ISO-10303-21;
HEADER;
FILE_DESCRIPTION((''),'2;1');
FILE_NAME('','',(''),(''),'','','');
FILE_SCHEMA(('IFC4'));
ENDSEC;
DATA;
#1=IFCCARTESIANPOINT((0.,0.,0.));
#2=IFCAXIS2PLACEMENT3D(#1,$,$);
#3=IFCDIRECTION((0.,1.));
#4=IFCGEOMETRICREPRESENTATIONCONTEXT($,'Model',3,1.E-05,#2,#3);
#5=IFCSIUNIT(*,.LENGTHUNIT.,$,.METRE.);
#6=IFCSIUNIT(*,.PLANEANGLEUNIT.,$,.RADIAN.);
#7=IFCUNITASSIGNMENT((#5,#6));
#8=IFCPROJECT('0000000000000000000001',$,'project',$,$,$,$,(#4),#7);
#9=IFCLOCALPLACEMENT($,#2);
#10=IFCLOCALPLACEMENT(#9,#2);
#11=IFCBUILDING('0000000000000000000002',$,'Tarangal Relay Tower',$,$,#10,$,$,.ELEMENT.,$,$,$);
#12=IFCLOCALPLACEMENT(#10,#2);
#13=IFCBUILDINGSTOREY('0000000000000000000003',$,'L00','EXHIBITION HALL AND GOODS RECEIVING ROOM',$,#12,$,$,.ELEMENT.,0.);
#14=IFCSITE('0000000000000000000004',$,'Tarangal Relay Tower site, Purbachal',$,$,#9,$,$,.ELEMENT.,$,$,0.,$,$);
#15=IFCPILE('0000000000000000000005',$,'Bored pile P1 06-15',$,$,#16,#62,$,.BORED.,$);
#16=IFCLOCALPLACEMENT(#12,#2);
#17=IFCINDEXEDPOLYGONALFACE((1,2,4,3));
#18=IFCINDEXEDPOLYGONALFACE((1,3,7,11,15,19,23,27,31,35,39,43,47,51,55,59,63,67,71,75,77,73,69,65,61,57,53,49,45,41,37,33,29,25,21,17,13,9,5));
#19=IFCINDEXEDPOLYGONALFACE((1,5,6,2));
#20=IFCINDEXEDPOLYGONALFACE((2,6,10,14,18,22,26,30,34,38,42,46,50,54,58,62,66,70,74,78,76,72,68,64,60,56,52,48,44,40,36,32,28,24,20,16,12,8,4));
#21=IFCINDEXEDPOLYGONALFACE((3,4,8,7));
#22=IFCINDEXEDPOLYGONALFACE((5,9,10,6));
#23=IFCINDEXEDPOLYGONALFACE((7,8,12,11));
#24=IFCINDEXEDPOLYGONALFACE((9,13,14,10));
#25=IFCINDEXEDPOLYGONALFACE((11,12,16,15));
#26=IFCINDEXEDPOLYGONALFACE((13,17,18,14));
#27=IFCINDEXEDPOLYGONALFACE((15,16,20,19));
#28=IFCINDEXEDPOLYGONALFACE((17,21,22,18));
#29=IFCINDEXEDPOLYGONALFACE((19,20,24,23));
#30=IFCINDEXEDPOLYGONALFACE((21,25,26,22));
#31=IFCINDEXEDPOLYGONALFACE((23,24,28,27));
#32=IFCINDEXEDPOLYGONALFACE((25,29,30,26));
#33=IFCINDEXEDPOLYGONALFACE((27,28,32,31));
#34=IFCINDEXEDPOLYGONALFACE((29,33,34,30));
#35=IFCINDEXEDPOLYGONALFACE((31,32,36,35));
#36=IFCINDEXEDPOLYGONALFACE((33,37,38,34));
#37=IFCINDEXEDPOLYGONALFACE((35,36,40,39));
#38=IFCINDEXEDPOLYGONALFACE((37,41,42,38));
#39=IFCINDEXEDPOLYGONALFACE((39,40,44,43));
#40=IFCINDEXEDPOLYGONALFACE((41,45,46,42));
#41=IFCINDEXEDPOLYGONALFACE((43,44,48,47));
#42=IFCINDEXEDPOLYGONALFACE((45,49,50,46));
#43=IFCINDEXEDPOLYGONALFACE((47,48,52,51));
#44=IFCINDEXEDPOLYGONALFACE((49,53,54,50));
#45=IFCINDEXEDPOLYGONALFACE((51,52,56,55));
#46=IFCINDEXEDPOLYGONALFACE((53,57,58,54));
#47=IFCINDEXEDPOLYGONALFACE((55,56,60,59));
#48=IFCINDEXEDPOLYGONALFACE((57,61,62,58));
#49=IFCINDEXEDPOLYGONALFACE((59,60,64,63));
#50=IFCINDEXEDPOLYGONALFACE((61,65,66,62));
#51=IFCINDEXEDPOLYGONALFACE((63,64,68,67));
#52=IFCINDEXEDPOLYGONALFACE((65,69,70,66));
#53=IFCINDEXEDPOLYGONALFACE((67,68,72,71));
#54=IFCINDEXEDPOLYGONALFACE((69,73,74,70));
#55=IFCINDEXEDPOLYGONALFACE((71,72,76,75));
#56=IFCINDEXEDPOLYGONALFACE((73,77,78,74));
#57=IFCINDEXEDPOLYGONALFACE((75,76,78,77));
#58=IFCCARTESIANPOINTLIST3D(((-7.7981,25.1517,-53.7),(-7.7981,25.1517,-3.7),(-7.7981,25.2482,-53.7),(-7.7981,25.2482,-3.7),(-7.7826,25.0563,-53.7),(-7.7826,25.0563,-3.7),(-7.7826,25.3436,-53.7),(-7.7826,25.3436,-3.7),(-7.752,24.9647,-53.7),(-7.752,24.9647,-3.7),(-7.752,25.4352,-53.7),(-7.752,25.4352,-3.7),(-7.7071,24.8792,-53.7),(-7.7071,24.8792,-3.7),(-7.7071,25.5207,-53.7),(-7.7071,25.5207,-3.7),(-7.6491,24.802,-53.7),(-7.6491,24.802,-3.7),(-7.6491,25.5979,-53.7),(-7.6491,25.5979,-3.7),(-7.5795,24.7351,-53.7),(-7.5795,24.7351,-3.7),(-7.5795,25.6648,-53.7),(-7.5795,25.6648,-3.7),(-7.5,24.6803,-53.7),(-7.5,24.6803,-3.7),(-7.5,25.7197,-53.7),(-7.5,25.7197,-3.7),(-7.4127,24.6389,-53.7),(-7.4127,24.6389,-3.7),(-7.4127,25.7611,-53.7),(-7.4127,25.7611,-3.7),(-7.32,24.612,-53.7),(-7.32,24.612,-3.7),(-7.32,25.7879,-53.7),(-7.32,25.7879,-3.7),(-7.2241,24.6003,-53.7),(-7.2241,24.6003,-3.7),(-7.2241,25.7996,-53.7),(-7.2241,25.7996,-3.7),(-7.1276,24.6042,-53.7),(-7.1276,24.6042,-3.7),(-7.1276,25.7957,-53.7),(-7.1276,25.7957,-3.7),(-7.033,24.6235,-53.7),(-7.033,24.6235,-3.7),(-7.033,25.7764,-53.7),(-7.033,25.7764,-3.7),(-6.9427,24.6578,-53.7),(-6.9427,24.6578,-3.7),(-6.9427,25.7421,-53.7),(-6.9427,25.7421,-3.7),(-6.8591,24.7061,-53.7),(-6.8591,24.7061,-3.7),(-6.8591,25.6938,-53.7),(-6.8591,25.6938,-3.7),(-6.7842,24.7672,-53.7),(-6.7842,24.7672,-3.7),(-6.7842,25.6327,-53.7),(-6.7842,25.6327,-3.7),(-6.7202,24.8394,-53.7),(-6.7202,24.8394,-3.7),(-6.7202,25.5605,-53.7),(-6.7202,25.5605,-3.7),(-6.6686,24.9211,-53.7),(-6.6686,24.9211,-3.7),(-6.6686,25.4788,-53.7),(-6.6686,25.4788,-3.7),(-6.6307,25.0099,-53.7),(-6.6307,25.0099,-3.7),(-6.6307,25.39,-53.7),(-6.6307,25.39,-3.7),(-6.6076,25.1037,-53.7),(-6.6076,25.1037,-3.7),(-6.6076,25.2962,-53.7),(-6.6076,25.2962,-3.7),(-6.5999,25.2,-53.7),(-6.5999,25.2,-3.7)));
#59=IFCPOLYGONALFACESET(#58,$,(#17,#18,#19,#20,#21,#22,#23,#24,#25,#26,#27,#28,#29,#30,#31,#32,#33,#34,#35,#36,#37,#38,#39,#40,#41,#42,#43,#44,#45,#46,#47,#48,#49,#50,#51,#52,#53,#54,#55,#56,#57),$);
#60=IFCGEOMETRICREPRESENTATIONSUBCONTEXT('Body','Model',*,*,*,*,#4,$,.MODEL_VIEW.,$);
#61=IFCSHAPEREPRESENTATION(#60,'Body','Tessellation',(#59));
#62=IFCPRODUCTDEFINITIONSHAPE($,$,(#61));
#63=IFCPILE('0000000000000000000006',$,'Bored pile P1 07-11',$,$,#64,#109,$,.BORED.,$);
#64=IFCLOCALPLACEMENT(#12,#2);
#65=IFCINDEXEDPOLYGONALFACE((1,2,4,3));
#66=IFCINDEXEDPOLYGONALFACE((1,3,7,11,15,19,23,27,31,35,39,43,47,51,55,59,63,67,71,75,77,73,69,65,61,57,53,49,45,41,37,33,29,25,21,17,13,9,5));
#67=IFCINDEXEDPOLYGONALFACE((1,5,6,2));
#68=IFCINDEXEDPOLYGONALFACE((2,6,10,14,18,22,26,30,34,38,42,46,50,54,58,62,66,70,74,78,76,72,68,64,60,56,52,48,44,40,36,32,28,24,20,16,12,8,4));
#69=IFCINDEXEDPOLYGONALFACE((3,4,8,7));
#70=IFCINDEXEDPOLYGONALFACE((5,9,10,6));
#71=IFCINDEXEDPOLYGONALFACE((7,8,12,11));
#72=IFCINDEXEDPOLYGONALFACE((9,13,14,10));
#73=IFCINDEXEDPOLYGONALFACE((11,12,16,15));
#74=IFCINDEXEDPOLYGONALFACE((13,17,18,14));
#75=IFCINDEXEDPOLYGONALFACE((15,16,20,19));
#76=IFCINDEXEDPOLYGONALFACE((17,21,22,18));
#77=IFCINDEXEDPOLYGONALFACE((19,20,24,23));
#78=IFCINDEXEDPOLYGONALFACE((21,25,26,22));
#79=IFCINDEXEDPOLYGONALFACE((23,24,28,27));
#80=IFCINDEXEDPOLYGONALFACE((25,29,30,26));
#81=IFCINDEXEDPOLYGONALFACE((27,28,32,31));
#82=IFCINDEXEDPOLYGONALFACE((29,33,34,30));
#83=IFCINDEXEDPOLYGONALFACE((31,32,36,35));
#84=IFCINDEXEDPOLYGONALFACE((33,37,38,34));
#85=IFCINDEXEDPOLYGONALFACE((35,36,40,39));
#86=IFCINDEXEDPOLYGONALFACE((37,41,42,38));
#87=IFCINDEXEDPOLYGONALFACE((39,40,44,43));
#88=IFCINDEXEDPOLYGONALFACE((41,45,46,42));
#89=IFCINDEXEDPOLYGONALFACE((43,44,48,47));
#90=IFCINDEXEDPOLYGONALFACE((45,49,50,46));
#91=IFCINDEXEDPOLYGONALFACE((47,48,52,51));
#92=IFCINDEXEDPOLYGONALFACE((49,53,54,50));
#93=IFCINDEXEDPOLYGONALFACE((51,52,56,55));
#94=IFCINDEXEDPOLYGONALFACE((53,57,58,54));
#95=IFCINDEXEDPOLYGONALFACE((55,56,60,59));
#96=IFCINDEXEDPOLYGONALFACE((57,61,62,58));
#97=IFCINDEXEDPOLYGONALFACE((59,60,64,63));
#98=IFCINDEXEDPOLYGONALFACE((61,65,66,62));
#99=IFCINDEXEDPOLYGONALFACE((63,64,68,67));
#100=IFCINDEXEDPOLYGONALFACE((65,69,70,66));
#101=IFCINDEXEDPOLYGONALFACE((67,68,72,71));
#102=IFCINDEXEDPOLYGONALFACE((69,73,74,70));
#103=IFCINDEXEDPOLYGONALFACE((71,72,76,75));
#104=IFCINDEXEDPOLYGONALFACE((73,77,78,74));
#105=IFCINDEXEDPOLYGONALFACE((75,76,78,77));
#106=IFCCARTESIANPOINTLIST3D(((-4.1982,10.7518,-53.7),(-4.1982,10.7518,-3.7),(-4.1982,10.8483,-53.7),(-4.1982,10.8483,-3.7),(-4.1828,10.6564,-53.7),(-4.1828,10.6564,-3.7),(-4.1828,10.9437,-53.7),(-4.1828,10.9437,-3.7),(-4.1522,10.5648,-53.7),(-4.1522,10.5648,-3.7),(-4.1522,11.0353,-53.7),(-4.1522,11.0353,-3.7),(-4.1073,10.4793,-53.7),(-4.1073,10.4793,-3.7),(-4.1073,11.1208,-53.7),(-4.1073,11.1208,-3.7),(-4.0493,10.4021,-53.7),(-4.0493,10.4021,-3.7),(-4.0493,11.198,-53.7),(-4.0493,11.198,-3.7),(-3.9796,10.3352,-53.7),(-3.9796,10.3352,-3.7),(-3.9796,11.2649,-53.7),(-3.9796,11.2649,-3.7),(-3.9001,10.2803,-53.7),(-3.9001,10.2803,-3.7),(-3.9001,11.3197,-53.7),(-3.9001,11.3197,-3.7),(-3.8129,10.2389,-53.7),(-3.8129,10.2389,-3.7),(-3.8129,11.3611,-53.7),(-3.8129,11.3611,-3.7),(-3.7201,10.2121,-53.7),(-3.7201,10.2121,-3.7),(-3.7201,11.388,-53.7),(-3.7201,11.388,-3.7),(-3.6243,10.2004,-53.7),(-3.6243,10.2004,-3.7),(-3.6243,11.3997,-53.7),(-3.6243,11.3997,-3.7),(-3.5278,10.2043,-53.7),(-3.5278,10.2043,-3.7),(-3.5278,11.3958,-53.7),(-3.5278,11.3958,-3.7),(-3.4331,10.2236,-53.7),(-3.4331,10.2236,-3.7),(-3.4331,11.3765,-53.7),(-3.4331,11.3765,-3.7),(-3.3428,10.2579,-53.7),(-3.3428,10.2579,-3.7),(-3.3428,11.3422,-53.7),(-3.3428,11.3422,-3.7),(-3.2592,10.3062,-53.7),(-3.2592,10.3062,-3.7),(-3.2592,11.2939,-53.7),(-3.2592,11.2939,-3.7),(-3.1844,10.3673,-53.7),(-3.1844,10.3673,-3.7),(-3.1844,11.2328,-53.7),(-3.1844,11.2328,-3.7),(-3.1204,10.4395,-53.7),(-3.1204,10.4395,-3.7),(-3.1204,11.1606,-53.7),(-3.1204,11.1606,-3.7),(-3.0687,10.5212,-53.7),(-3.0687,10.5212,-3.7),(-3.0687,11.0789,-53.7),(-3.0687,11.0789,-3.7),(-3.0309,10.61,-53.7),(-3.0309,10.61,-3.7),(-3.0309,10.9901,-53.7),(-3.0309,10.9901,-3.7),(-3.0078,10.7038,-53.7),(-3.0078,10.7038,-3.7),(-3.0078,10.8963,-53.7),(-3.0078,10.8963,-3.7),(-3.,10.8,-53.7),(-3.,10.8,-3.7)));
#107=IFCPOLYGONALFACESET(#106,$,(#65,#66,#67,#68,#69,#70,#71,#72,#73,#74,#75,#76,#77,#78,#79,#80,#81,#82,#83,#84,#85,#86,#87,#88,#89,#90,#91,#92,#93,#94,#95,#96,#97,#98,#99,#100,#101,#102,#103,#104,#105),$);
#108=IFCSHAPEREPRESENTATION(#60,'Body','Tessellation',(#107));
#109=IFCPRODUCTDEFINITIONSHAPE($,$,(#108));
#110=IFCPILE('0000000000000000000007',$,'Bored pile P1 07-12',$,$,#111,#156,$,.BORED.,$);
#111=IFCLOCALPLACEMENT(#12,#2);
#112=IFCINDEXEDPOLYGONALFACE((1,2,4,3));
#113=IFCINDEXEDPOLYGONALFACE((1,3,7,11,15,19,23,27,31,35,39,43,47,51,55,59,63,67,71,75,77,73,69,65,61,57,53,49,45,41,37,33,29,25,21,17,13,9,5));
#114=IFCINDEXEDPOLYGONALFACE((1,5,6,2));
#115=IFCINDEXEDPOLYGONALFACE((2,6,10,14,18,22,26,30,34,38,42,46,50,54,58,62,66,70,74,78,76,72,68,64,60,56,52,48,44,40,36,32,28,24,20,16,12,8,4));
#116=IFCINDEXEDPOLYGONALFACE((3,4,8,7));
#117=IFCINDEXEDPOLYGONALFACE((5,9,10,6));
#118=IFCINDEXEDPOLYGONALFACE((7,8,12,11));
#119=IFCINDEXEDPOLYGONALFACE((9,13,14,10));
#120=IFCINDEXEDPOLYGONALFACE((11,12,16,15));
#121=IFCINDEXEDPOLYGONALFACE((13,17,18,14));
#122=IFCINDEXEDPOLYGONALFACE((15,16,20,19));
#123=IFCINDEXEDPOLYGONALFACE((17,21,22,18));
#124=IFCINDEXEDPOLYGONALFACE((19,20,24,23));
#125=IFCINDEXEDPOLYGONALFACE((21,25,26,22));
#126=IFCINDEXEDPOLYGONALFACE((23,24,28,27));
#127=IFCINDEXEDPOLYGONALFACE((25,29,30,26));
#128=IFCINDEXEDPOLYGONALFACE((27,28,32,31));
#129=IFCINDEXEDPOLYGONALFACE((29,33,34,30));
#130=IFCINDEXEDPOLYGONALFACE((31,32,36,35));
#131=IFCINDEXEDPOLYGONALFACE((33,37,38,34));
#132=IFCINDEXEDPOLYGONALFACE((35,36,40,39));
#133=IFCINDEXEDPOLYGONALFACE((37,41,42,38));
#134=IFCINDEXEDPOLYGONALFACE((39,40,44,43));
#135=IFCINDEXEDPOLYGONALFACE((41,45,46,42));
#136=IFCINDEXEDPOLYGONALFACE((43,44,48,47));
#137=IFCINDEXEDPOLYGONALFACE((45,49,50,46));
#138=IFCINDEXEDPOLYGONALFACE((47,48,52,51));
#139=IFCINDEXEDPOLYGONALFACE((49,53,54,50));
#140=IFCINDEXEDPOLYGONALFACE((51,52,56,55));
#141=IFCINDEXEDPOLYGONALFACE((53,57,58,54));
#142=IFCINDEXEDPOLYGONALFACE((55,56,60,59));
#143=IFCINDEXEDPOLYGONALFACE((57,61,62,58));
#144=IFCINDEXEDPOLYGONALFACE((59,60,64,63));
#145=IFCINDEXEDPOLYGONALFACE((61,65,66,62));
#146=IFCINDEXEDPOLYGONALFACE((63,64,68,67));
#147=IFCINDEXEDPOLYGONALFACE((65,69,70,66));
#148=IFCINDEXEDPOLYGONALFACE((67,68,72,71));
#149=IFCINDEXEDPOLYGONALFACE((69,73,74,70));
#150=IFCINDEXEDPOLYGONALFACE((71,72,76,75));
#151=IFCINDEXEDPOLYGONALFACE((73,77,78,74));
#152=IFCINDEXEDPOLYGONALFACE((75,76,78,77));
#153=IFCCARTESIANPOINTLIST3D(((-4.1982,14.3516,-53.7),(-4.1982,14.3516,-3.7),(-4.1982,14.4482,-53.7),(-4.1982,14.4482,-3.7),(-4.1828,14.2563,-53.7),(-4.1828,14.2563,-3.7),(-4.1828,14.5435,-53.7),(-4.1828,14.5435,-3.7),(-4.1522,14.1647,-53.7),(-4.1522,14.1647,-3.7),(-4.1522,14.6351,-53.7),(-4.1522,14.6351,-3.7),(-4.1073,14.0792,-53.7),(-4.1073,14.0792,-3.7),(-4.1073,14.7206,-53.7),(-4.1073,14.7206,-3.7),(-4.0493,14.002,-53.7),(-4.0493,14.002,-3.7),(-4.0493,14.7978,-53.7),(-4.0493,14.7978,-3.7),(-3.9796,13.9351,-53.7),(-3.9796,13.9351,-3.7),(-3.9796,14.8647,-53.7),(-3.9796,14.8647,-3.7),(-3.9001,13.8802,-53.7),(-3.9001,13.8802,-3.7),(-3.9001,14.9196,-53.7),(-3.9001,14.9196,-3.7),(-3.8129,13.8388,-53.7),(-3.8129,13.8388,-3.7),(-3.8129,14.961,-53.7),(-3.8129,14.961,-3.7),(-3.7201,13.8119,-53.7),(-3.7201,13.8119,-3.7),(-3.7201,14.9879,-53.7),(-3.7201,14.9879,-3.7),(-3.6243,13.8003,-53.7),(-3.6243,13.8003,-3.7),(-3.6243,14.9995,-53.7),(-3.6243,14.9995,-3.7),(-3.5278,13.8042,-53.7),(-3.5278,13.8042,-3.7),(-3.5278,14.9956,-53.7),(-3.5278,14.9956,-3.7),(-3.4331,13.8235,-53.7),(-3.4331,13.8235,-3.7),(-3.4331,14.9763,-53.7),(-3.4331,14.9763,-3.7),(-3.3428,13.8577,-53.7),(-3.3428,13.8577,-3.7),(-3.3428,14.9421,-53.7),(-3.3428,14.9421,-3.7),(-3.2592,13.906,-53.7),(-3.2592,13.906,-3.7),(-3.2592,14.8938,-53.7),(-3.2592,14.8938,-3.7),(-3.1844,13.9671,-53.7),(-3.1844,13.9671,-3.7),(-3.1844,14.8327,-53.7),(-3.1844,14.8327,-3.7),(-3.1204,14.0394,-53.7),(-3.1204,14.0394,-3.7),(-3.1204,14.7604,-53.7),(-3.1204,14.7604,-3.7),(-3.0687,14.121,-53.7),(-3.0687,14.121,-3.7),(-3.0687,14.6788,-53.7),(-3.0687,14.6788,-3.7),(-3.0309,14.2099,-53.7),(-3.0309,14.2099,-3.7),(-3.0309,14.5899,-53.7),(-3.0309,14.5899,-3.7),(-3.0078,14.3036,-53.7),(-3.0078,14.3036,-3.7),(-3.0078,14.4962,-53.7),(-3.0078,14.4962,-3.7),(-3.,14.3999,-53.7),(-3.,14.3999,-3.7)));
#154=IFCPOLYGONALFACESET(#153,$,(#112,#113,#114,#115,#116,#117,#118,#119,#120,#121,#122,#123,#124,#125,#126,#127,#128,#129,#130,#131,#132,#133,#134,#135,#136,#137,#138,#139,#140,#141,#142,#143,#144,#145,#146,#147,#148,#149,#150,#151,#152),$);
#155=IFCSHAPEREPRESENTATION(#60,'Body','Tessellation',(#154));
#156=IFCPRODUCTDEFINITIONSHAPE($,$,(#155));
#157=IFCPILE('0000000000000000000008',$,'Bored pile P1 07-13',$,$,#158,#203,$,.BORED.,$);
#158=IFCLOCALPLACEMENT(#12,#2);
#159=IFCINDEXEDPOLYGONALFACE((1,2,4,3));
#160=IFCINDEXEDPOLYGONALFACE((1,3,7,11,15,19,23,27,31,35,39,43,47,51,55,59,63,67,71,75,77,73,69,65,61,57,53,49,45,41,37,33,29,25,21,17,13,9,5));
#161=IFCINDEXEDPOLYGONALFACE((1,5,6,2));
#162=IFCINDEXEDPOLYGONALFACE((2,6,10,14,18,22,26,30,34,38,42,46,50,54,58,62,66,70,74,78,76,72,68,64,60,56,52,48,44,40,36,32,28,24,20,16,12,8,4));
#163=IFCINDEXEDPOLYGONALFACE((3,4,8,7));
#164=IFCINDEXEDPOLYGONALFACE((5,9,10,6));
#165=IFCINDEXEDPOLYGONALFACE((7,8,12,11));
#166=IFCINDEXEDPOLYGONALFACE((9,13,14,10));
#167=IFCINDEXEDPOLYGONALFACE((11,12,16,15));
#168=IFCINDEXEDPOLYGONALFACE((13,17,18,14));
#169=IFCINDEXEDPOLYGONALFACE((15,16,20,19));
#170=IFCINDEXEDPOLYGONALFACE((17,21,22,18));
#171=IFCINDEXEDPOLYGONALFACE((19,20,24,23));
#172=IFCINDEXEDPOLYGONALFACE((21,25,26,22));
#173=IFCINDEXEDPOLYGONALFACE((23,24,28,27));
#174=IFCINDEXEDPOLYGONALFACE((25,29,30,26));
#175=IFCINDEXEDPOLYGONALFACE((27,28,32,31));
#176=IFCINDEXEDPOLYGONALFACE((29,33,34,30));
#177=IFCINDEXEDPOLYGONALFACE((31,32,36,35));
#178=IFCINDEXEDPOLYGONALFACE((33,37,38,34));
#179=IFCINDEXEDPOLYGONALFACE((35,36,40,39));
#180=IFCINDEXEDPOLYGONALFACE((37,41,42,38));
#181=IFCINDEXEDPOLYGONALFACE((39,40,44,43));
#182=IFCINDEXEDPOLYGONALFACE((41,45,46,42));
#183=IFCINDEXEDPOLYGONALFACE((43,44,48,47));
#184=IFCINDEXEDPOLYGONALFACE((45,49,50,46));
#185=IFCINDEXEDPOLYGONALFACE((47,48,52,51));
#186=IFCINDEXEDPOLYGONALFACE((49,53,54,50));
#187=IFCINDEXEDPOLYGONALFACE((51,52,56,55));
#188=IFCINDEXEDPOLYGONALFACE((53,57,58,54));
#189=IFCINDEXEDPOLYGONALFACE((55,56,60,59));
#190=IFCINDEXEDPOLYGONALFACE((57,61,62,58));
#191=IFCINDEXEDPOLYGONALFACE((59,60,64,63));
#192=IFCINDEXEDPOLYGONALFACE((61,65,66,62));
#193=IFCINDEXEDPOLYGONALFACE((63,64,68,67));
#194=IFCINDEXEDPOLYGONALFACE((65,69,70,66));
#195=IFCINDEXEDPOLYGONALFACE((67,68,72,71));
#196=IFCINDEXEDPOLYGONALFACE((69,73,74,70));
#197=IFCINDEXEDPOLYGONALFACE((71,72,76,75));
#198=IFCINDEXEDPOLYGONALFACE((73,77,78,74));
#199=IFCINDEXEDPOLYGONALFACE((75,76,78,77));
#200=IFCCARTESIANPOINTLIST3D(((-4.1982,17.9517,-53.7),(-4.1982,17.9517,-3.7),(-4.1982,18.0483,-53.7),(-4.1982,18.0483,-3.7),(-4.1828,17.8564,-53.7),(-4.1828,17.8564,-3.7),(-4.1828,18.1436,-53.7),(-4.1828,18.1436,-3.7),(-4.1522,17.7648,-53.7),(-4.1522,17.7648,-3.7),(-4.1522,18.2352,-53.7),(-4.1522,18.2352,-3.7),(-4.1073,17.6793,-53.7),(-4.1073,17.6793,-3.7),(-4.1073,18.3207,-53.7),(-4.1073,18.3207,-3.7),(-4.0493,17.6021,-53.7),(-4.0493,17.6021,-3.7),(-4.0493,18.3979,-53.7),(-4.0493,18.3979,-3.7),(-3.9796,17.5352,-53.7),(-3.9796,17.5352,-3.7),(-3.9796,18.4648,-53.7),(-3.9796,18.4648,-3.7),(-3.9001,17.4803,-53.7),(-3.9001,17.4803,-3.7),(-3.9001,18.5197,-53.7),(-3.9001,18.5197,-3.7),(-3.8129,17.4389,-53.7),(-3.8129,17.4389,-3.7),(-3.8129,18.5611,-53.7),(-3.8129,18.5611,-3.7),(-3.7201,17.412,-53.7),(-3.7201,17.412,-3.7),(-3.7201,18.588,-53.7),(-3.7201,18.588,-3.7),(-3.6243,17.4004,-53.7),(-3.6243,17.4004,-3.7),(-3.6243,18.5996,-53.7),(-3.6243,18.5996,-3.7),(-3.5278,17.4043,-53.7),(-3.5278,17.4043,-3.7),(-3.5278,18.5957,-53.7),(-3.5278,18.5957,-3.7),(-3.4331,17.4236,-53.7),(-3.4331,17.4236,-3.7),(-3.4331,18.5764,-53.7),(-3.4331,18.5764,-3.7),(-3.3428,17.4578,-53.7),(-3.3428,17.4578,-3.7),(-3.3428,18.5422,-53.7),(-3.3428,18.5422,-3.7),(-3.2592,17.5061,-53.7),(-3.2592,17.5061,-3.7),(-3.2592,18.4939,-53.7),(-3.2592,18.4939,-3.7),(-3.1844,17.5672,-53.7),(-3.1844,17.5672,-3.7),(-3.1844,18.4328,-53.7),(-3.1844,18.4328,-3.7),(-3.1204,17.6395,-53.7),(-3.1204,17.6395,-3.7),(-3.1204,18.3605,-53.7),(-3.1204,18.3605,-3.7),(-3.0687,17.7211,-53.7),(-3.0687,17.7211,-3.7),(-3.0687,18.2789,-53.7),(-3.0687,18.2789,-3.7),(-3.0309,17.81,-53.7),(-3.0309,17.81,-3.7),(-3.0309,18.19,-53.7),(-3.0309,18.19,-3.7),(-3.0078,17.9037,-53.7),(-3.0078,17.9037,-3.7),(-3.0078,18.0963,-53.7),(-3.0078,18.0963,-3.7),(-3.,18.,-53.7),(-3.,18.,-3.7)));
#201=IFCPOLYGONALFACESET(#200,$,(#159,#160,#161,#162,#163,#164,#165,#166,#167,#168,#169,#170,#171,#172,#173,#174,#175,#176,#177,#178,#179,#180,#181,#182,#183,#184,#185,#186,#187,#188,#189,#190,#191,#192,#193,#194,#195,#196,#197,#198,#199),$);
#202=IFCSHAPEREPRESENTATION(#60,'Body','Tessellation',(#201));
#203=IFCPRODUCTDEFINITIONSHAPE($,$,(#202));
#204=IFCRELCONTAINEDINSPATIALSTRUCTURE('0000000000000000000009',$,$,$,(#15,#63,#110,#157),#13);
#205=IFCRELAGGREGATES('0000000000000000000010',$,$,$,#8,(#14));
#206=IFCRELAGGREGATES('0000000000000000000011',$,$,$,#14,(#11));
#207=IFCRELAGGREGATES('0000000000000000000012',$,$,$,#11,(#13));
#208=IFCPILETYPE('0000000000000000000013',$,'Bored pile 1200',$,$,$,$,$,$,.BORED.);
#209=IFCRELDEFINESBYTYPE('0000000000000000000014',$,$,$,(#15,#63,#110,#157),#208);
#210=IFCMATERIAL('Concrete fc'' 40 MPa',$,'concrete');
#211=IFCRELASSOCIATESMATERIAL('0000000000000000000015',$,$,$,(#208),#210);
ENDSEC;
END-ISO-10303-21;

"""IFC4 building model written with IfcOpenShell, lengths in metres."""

from ifc_helpers import new_model, si_unit, direction, frame, origin, origin_2d, place, context, subcontext, project, spatial, circle, extrude, material, material_profile, profile_set, type_object, element, save


model = new_model("IFC4")

# Units and contexts
model_context = context("Model", 3, precision=1e-05, world=origin(), true_north=direction((0.0, 1.0)))
body_context = subcontext(model_context, "Body", "Model", "MODEL_VIEW")
ifc_project = project(units=[si_unit("LENGTHUNIT", "METRE"), si_unit("PLANEANGLEUNIT", "RADIAN")], contexts=[model_context])

# Site, building, storey
site_placement = place(None, origin())
site = spatial("IfcSite", under=ifc_project, at=site_placement, Name="Tarangal Relay Tower site, Purbachal", CompositionType="ELEMENT", RefElevation=0.0)
building_placement = place(site_placement, origin())
building = spatial("IfcBuilding", under=site, at=building_placement, Name="Tarangal Relay Tower", CompositionType="ELEMENT")
storey_placement = place(building_placement, origin())
storey = spatial("IfcBuildingStorey", under=building, at=storey_placement, Name="L00", Description="EXHIBITION HALL AND GOODS RECEIVING ROOM", CompositionType="ELEMENT", Elevation=0.0)

# Piles
ifc_material_1 = material(Name="Concrete fc' 40 MPa", Category="concrete")
ifc_material_profile_1 = material_profile(ifc_material_1, circle(Radius=0.6001, at=origin_2d()), Name="D1200")
ifc_profile_set_1 = profile_set([ifc_material_profile_1], Name="Concrete fc' 40 MPa")
pile_type = type_object("IfcPileType", Name="Bored pile 1200", PredefinedType="BORED", material=ifc_profile_set_1)
for number, where, z_axis, x_axis, name in (
    (1, (-7.2, 25.2, -3.7), (0.0, 0.0, -1.0), (1.0, 0.0, 0.0), "Bored pile P1 06-15"),
    (2, (-3.6001, 10.8, -3.7), (0.0, 0.0, -1.0), (1.0, 0.0, 0.0), "Bored pile P1 07-11"),
    (3, (-3.6001, 14.3999, -3.7), (0.0, 0.0, -1.0), (1.0, 0.0, 0.0), "Bored pile P1 07-12"),
    (4, (-3.6001, 18.0, -3.7), (0.0, 0.0, -1.0), (1.0, 0.0, 0.0), "Bored pile P1 07-13"),
):
    element("IfcPile", number, at=place(storey_placement, frame(where, z_axis=z_axis, x_axis=x_axis)), inside=storey, type_object=pile_type, Name=name, PredefinedType="BORED", context=body_context, shape_type="SweptSolid", body=[
        extrude(circle(Radius=0.6001, at=origin_2d()), origin(), (0.0, 0.0, 1.0), 50.0),
    ])

save(model, "model.ifc")
